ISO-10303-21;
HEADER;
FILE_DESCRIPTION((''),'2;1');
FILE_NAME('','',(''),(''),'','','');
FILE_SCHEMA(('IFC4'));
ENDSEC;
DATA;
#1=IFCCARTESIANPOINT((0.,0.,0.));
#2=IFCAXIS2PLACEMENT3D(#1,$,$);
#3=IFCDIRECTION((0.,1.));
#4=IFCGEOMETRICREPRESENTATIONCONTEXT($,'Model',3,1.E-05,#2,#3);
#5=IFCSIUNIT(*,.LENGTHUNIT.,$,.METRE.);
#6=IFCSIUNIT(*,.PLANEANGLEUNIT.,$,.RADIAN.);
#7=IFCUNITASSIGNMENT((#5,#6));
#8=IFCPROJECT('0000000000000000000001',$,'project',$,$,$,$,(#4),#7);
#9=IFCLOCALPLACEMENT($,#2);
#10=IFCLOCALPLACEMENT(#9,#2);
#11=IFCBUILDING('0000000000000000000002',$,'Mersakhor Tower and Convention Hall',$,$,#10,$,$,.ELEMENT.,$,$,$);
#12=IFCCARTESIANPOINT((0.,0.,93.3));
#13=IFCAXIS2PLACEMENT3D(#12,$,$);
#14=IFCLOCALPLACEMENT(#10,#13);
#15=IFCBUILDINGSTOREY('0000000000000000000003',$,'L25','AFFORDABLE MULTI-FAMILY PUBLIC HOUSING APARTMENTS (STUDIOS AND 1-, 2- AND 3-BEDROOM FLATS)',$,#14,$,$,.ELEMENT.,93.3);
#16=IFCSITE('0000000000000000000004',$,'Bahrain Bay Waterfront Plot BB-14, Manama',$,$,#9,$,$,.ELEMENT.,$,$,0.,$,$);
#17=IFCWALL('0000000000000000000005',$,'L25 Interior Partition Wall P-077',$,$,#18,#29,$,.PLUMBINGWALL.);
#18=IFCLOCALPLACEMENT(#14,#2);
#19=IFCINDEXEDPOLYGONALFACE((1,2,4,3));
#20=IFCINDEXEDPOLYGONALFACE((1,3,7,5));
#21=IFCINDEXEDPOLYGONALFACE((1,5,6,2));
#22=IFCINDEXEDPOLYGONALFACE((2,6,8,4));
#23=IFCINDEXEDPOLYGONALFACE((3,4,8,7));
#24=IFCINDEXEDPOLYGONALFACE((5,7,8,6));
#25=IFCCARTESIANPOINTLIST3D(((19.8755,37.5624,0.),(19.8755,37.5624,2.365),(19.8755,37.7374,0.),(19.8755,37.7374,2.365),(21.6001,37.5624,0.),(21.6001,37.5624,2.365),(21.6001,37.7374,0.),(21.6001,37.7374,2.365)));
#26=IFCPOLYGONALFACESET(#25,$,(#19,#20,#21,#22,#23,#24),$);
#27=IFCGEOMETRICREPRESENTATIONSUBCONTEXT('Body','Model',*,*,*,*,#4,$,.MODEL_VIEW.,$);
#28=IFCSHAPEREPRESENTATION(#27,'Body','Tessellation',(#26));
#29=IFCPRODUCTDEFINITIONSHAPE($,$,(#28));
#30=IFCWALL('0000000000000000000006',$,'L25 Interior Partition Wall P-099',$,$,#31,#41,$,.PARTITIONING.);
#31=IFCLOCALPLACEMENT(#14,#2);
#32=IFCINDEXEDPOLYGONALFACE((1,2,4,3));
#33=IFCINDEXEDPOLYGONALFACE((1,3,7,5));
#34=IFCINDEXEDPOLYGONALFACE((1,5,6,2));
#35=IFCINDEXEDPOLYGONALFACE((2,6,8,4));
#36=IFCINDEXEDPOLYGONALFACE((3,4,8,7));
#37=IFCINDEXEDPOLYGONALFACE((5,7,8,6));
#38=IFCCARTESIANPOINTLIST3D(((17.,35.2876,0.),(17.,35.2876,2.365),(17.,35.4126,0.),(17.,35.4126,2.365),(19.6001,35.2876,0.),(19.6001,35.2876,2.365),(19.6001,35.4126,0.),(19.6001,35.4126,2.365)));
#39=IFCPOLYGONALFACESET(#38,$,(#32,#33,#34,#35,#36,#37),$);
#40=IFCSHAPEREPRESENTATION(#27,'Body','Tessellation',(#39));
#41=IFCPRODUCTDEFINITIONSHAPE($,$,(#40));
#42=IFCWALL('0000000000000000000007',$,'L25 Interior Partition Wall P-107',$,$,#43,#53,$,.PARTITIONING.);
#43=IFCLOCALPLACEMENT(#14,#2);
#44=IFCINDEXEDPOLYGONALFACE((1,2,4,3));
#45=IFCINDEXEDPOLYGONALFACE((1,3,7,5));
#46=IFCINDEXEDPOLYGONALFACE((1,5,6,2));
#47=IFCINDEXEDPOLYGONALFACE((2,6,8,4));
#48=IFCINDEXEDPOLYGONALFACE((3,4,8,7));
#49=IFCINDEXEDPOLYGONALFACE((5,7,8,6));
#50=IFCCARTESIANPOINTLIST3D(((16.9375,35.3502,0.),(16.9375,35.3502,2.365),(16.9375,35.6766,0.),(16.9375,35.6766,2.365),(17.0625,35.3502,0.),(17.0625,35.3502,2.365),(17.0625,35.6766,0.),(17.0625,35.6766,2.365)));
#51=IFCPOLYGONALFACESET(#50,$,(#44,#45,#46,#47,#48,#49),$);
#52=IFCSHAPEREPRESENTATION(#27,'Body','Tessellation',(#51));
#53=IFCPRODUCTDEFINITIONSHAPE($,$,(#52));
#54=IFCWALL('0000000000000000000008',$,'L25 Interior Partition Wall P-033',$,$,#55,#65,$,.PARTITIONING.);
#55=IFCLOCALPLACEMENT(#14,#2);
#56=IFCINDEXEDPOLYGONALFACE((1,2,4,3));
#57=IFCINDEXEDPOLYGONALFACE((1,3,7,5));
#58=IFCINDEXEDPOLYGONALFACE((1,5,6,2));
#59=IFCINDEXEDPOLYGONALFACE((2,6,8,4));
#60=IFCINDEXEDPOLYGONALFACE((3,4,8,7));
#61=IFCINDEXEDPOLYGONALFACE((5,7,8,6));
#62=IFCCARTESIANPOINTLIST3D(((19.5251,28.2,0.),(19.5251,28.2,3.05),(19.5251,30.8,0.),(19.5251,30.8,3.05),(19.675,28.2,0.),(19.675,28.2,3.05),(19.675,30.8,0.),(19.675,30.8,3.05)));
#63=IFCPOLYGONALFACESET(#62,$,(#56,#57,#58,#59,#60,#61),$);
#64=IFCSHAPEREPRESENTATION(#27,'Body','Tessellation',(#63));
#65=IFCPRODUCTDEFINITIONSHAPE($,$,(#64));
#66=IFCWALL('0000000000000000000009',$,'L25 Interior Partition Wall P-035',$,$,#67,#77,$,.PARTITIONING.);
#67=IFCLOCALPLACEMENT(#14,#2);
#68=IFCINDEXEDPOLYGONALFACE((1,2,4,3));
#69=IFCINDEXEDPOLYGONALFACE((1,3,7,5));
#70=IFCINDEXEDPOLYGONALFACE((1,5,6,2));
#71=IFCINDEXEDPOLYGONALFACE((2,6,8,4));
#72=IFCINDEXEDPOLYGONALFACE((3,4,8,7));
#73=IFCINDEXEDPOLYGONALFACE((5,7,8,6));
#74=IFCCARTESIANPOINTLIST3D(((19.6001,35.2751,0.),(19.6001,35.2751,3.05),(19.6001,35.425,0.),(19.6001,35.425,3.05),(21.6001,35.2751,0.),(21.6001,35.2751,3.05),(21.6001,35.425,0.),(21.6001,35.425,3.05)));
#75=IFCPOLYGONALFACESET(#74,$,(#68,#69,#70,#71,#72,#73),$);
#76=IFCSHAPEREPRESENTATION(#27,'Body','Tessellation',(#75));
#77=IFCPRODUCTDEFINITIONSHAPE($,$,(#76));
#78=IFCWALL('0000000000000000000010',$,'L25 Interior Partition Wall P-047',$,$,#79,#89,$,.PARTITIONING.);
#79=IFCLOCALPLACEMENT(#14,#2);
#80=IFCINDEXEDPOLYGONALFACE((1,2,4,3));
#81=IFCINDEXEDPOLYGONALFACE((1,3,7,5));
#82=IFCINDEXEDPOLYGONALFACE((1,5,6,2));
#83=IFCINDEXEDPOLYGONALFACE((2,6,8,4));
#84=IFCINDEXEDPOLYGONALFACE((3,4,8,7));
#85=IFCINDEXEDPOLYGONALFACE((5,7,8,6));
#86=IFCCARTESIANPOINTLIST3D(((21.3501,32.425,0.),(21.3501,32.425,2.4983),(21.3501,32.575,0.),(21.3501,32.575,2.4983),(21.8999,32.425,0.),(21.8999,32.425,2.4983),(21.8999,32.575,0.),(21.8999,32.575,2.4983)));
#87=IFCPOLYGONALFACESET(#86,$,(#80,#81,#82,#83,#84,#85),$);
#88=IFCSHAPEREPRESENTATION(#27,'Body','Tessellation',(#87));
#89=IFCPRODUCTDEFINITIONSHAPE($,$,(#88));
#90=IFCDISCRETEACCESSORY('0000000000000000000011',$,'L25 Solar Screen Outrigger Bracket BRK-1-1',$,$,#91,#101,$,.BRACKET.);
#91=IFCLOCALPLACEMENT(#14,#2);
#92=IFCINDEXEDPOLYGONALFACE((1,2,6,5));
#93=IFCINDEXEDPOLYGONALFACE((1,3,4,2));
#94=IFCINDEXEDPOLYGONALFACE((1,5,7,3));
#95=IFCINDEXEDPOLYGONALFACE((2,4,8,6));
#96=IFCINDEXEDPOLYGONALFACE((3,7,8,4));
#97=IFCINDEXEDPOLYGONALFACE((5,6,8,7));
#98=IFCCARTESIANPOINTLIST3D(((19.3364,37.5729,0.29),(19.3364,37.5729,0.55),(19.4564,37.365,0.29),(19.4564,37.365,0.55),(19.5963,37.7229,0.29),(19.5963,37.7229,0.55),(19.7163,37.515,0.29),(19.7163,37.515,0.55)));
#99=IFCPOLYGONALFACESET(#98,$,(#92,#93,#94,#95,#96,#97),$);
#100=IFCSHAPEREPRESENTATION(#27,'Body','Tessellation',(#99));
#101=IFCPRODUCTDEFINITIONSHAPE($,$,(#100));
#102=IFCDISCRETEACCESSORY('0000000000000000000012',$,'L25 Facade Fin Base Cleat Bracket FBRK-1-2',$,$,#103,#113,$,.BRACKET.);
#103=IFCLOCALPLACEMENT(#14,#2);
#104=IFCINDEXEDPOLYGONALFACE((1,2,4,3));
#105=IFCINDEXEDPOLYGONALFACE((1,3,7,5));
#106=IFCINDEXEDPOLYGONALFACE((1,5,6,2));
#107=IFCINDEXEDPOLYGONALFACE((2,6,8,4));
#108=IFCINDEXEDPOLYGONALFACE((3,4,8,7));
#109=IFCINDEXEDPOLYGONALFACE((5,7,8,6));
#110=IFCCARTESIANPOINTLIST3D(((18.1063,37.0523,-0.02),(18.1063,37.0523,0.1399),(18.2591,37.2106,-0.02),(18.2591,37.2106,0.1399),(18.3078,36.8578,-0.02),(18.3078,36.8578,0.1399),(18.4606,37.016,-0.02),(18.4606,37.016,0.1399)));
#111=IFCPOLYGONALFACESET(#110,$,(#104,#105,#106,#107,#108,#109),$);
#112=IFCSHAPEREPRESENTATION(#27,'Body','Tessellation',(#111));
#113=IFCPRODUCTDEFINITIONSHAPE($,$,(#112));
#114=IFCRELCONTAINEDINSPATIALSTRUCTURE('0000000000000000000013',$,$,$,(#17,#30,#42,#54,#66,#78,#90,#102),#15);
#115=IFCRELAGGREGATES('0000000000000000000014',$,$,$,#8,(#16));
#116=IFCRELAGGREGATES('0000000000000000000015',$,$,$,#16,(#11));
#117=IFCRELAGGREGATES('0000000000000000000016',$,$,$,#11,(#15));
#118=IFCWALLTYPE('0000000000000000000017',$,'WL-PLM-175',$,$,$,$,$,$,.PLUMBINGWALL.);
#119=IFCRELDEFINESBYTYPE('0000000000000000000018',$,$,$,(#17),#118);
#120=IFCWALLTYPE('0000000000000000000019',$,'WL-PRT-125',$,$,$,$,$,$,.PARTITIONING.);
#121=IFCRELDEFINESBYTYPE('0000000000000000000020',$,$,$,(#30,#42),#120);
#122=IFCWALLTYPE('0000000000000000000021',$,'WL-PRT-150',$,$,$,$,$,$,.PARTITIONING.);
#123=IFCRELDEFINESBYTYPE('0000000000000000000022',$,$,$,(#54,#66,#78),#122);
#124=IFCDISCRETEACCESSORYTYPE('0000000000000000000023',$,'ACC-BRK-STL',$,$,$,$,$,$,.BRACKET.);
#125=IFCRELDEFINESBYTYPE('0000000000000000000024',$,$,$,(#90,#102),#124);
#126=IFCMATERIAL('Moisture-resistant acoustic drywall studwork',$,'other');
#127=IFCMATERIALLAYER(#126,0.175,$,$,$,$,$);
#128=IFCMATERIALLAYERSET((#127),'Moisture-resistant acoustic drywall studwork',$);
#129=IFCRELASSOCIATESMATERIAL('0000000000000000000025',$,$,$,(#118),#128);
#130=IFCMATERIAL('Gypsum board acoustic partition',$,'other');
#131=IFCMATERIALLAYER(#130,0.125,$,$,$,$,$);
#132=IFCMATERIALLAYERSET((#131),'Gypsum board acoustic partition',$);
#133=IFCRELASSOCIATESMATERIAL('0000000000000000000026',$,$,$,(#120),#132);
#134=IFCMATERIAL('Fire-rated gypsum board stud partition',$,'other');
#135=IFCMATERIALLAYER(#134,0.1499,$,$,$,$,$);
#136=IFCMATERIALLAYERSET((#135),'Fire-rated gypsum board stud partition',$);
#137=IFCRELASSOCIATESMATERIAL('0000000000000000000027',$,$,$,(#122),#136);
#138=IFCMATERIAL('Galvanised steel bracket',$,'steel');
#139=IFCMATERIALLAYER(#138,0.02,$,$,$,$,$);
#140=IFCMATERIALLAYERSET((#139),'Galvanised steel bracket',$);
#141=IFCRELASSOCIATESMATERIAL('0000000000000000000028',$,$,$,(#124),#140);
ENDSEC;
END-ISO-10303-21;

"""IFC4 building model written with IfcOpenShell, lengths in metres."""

from ifc_helpers import new_model, si_unit, direction, frame, frame_2d, origin, origin_2d, place, context, subcontext, project, spatial, rectangle, extrude, material, layer, layer_set, type_object, element, save


model = new_model("IFC4")

# Units and contexts
model_context = context("Model", 3, precision=1e-05, world=origin(), true_north=direction((0.0, 1.0)))
body_context = subcontext(model_context, "Body", "Model", "MODEL_VIEW")
ifc_project = project(units=[si_unit("LENGTHUNIT", "METRE"), si_unit("PLANEANGLEUNIT", "RADIAN")], contexts=[model_context])

# Site, building, storey
site_placement = place(None, origin())
site = spatial("IfcSite", under=ifc_project, at=site_placement, Name="Bahrain Bay Waterfront Plot BB-14, Manama", CompositionType="ELEMENT", RefElevation=0.0)
building_placement = place(site_placement, origin())
building = spatial("IfcBuilding", under=site, at=building_placement, Name="Mersakhor Tower and Convention Hall", CompositionType="ELEMENT")
storey_placement = place(building_placement, frame((0.0, 0.0, 93.3)))
storey = spatial("IfcBuildingStorey", under=building, at=storey_placement, Name="L25", Description="AFFORDABLE MULTI-FAMILY PUBLIC HOUSING APARTMENTS (STUDIOS AND 1-, 2- AND 3-BEDROOM FLATS)", CompositionType="ELEMENT", Elevation=93.3)

# Walls
ifc_material_1 = material(Name="Moisture-resistant acoustic drywall studwork", Category="other")
ifc_layer_1 = layer(ifc_material_1, 0.175)
ifc_layer_set_1 = layer_set([ifc_layer_1], Name="Moisture-resistant acoustic drywall studwork")
wall_type_1 = type_object("IfcWallType", Name="WL-PLM-175", PredefinedType="PLUMBINGWALL", material=ifc_layer_set_1)
wall_1_placement = place(storey_placement, frame((19.8755, 37.6499, 0.0), z_axis=(0.0, 0.0, 1.0), x_axis=(1.0, 0.0, 0.0)))
element("IfcWall", 1, at=wall_1_placement, inside=storey, type_object=wall_type_1, Name="L25 Interior Partition Wall P-077", PredefinedType="PLUMBINGWALL", context=body_context, shape_type="SweptSolid", body=[
    extrude(rectangle(XDim=1.7246, YDim=0.175, at=frame_2d((0.8623, 0.0))), origin(), (0.0, 0.0, 1.0), 2.365),
])
ifc_material_2 = material(Name="Gypsum board acoustic partition", Category="other")
ifc_layer_2 = layer(ifc_material_2, 0.125)
ifc_layer_set_2 = layer_set([ifc_layer_2], Name="Gypsum board acoustic partition")
wall_type_2 = type_object("IfcWallType", Name="WL-PRT-125", PredefinedType="PARTITIONING", material=ifc_layer_set_2)
wall_2_placement = place(storey_placement, frame((17.0, 35.3501, 0.0), z_axis=(0.0, 0.0, 1.0), x_axis=(1.0, 0.0, 0.0)))
element("IfcWall", 2, at=wall_2_placement, inside=storey, type_object=wall_type_2, Name="L25 Interior Partition Wall P-099", PredefinedType="PARTITIONING", context=body_context, shape_type="SweptSolid", body=[
    extrude(rectangle(XDim=2.6001, YDim=0.125, at=frame_2d((1.3, 0.0))), origin(), (0.0, 0.0, 1.0), 2.365),
])
wall_3_placement = place(storey_placement, frame((17.0, 35.6765, 0.0), z_axis=(0.0, 0.0, 1.0), x_axis=(0.0, -1.0, 0.0)))
element("IfcWall", 3, at=wall_3_placement, inside=storey, type_object=wall_type_2, Name="L25 Interior Partition Wall P-107", PredefinedType="PARTITIONING", context=body_context, shape_type="SweptSolid", body=[
    extrude(rectangle(XDim=0.3264, YDim=0.125, at=frame_2d((0.1631, 0.0))), origin(), (0.0, 0.0, 1.0), 2.365),
])
ifc_material_3 = material(Name="Fire-rated gypsum board stud partition", Category="other")
ifc_layer_3 = layer(ifc_material_3, 0.1499)
ifc_layer_set_3 = layer_set([ifc_layer_3], Name="Fire-rated gypsum board stud partition")
wall_type_3 = type_object("IfcWallType", Name="WL-PRT-150", PredefinedType="PARTITIONING", material=ifc_layer_set_3)
wall_4_placement = place(storey_placement, frame((19.6001, 28.2, 0.0), z_axis=(0.0, 0.0, 1.0), x_axis=(0.0, 1.0, 0.0)))
element("IfcWall", 4, at=wall_4_placement, inside=storey, type_object=wall_type_3, Name="L25 Interior Partition Wall P-033", PredefinedType="PARTITIONING", context=body_context, shape_type="SweptSolid", body=[
    extrude(rectangle(XDim=2.6001, YDim=0.1499, at=frame_2d((1.3, 0.0))), origin(), (0.0, 0.0, 1.0), 3.05),
])

# Walls
wall_5_placement = place(storey_placement, frame((19.6001, 35.3501, 0.0), z_axis=(0.0, 0.0, 1.0), x_axis=(1.0, 0.0, 0.0)))
element("IfcWall", 5, at=wall_5_placement, inside=storey, type_object=wall_type_3, Name="L25 Interior Partition Wall P-035", PredefinedType="PARTITIONING", context=body_context, shape_type="SweptSolid", body=[
    extrude(rectangle(XDim=2.0, YDim=0.1499, at=frame_2d((1.0, 0.0))), origin(), (0.0, 0.0, 1.0), 3.05),
])
wall_6_placement = place(storey_placement, frame((21.3501, 32.5, 0.0), z_axis=(0.0, 0.0, 1.0), x_axis=(1.0, 0.0, 0.0)))
element("IfcWall", 6, at=wall_6_placement, inside=storey, type_object=wall_type_3, Name="L25 Interior Partition Wall P-047", PredefinedType="PARTITIONING", context=body_context, shape_type="SweptSolid", body=[
    extrude(rectangle(XDim=0.5498, YDim=0.1499, at=frame_2d((0.2749, 0.0))), origin(), (0.0, 0.0, 1.0), 2.4983),
])

# Discrete accessories
ifc_material_4 = material(Name="Galvanised steel bracket", Category="steel")
ifc_layer_4 = layer(ifc_material_4, 0.02)
ifc_layer_set_4 = layer_set([ifc_layer_4], Name="Galvanised steel bracket")
discrete_accessory_type = type_object("IfcDiscreteAccessoryType", Name="ACC-BRK-STL", PredefinedType="BRACKET", material=ifc_layer_set_4)
discrete_accessory_1_placement = place(storey_placement, frame((19.5264, 37.5439, 0.29), z_axis=(0.0, 0.0, 1.0), x_axis=(0.866025, 0.5, 0.0)))
element("IfcDiscreteAccessory", 7, at=discrete_accessory_1_placement, inside=storey, type_object=discrete_accessory_type, Name="L25 Solar Screen Outrigger Bracket BRK-1-1", PredefinedType="BRACKET", context=body_context, shape_type="SweptSolid", body=[
    extrude(rectangle(XDim=0.3, YDim=0.24, at=origin_2d()), origin(), (0.0, 0.0, 1.0), 0.26),
])
discrete_accessory_2_placement = place(storey_placement, frame((18.2834, 37.0342, -0.02), z_axis=(0.0, 0.0, 1.0), x_axis=(-0.71934, 0.694658, 0.0)))
element("IfcDiscreteAccessory", 8, at=discrete_accessory_2_placement, inside=storey, type_object=discrete_accessory_type, Name="L25 Facade Fin Base Cleat Bracket FBRK-1-2", PredefinedType="BRACKET", context=body_context, shape_type="SweptSolid", body=[
    extrude(rectangle(XDim=0.28, YDim=0.22, at=origin_2d()), origin(), (0.0, 0.0, 1.0), 0.1599),
])

save(model, "model.ifc")
